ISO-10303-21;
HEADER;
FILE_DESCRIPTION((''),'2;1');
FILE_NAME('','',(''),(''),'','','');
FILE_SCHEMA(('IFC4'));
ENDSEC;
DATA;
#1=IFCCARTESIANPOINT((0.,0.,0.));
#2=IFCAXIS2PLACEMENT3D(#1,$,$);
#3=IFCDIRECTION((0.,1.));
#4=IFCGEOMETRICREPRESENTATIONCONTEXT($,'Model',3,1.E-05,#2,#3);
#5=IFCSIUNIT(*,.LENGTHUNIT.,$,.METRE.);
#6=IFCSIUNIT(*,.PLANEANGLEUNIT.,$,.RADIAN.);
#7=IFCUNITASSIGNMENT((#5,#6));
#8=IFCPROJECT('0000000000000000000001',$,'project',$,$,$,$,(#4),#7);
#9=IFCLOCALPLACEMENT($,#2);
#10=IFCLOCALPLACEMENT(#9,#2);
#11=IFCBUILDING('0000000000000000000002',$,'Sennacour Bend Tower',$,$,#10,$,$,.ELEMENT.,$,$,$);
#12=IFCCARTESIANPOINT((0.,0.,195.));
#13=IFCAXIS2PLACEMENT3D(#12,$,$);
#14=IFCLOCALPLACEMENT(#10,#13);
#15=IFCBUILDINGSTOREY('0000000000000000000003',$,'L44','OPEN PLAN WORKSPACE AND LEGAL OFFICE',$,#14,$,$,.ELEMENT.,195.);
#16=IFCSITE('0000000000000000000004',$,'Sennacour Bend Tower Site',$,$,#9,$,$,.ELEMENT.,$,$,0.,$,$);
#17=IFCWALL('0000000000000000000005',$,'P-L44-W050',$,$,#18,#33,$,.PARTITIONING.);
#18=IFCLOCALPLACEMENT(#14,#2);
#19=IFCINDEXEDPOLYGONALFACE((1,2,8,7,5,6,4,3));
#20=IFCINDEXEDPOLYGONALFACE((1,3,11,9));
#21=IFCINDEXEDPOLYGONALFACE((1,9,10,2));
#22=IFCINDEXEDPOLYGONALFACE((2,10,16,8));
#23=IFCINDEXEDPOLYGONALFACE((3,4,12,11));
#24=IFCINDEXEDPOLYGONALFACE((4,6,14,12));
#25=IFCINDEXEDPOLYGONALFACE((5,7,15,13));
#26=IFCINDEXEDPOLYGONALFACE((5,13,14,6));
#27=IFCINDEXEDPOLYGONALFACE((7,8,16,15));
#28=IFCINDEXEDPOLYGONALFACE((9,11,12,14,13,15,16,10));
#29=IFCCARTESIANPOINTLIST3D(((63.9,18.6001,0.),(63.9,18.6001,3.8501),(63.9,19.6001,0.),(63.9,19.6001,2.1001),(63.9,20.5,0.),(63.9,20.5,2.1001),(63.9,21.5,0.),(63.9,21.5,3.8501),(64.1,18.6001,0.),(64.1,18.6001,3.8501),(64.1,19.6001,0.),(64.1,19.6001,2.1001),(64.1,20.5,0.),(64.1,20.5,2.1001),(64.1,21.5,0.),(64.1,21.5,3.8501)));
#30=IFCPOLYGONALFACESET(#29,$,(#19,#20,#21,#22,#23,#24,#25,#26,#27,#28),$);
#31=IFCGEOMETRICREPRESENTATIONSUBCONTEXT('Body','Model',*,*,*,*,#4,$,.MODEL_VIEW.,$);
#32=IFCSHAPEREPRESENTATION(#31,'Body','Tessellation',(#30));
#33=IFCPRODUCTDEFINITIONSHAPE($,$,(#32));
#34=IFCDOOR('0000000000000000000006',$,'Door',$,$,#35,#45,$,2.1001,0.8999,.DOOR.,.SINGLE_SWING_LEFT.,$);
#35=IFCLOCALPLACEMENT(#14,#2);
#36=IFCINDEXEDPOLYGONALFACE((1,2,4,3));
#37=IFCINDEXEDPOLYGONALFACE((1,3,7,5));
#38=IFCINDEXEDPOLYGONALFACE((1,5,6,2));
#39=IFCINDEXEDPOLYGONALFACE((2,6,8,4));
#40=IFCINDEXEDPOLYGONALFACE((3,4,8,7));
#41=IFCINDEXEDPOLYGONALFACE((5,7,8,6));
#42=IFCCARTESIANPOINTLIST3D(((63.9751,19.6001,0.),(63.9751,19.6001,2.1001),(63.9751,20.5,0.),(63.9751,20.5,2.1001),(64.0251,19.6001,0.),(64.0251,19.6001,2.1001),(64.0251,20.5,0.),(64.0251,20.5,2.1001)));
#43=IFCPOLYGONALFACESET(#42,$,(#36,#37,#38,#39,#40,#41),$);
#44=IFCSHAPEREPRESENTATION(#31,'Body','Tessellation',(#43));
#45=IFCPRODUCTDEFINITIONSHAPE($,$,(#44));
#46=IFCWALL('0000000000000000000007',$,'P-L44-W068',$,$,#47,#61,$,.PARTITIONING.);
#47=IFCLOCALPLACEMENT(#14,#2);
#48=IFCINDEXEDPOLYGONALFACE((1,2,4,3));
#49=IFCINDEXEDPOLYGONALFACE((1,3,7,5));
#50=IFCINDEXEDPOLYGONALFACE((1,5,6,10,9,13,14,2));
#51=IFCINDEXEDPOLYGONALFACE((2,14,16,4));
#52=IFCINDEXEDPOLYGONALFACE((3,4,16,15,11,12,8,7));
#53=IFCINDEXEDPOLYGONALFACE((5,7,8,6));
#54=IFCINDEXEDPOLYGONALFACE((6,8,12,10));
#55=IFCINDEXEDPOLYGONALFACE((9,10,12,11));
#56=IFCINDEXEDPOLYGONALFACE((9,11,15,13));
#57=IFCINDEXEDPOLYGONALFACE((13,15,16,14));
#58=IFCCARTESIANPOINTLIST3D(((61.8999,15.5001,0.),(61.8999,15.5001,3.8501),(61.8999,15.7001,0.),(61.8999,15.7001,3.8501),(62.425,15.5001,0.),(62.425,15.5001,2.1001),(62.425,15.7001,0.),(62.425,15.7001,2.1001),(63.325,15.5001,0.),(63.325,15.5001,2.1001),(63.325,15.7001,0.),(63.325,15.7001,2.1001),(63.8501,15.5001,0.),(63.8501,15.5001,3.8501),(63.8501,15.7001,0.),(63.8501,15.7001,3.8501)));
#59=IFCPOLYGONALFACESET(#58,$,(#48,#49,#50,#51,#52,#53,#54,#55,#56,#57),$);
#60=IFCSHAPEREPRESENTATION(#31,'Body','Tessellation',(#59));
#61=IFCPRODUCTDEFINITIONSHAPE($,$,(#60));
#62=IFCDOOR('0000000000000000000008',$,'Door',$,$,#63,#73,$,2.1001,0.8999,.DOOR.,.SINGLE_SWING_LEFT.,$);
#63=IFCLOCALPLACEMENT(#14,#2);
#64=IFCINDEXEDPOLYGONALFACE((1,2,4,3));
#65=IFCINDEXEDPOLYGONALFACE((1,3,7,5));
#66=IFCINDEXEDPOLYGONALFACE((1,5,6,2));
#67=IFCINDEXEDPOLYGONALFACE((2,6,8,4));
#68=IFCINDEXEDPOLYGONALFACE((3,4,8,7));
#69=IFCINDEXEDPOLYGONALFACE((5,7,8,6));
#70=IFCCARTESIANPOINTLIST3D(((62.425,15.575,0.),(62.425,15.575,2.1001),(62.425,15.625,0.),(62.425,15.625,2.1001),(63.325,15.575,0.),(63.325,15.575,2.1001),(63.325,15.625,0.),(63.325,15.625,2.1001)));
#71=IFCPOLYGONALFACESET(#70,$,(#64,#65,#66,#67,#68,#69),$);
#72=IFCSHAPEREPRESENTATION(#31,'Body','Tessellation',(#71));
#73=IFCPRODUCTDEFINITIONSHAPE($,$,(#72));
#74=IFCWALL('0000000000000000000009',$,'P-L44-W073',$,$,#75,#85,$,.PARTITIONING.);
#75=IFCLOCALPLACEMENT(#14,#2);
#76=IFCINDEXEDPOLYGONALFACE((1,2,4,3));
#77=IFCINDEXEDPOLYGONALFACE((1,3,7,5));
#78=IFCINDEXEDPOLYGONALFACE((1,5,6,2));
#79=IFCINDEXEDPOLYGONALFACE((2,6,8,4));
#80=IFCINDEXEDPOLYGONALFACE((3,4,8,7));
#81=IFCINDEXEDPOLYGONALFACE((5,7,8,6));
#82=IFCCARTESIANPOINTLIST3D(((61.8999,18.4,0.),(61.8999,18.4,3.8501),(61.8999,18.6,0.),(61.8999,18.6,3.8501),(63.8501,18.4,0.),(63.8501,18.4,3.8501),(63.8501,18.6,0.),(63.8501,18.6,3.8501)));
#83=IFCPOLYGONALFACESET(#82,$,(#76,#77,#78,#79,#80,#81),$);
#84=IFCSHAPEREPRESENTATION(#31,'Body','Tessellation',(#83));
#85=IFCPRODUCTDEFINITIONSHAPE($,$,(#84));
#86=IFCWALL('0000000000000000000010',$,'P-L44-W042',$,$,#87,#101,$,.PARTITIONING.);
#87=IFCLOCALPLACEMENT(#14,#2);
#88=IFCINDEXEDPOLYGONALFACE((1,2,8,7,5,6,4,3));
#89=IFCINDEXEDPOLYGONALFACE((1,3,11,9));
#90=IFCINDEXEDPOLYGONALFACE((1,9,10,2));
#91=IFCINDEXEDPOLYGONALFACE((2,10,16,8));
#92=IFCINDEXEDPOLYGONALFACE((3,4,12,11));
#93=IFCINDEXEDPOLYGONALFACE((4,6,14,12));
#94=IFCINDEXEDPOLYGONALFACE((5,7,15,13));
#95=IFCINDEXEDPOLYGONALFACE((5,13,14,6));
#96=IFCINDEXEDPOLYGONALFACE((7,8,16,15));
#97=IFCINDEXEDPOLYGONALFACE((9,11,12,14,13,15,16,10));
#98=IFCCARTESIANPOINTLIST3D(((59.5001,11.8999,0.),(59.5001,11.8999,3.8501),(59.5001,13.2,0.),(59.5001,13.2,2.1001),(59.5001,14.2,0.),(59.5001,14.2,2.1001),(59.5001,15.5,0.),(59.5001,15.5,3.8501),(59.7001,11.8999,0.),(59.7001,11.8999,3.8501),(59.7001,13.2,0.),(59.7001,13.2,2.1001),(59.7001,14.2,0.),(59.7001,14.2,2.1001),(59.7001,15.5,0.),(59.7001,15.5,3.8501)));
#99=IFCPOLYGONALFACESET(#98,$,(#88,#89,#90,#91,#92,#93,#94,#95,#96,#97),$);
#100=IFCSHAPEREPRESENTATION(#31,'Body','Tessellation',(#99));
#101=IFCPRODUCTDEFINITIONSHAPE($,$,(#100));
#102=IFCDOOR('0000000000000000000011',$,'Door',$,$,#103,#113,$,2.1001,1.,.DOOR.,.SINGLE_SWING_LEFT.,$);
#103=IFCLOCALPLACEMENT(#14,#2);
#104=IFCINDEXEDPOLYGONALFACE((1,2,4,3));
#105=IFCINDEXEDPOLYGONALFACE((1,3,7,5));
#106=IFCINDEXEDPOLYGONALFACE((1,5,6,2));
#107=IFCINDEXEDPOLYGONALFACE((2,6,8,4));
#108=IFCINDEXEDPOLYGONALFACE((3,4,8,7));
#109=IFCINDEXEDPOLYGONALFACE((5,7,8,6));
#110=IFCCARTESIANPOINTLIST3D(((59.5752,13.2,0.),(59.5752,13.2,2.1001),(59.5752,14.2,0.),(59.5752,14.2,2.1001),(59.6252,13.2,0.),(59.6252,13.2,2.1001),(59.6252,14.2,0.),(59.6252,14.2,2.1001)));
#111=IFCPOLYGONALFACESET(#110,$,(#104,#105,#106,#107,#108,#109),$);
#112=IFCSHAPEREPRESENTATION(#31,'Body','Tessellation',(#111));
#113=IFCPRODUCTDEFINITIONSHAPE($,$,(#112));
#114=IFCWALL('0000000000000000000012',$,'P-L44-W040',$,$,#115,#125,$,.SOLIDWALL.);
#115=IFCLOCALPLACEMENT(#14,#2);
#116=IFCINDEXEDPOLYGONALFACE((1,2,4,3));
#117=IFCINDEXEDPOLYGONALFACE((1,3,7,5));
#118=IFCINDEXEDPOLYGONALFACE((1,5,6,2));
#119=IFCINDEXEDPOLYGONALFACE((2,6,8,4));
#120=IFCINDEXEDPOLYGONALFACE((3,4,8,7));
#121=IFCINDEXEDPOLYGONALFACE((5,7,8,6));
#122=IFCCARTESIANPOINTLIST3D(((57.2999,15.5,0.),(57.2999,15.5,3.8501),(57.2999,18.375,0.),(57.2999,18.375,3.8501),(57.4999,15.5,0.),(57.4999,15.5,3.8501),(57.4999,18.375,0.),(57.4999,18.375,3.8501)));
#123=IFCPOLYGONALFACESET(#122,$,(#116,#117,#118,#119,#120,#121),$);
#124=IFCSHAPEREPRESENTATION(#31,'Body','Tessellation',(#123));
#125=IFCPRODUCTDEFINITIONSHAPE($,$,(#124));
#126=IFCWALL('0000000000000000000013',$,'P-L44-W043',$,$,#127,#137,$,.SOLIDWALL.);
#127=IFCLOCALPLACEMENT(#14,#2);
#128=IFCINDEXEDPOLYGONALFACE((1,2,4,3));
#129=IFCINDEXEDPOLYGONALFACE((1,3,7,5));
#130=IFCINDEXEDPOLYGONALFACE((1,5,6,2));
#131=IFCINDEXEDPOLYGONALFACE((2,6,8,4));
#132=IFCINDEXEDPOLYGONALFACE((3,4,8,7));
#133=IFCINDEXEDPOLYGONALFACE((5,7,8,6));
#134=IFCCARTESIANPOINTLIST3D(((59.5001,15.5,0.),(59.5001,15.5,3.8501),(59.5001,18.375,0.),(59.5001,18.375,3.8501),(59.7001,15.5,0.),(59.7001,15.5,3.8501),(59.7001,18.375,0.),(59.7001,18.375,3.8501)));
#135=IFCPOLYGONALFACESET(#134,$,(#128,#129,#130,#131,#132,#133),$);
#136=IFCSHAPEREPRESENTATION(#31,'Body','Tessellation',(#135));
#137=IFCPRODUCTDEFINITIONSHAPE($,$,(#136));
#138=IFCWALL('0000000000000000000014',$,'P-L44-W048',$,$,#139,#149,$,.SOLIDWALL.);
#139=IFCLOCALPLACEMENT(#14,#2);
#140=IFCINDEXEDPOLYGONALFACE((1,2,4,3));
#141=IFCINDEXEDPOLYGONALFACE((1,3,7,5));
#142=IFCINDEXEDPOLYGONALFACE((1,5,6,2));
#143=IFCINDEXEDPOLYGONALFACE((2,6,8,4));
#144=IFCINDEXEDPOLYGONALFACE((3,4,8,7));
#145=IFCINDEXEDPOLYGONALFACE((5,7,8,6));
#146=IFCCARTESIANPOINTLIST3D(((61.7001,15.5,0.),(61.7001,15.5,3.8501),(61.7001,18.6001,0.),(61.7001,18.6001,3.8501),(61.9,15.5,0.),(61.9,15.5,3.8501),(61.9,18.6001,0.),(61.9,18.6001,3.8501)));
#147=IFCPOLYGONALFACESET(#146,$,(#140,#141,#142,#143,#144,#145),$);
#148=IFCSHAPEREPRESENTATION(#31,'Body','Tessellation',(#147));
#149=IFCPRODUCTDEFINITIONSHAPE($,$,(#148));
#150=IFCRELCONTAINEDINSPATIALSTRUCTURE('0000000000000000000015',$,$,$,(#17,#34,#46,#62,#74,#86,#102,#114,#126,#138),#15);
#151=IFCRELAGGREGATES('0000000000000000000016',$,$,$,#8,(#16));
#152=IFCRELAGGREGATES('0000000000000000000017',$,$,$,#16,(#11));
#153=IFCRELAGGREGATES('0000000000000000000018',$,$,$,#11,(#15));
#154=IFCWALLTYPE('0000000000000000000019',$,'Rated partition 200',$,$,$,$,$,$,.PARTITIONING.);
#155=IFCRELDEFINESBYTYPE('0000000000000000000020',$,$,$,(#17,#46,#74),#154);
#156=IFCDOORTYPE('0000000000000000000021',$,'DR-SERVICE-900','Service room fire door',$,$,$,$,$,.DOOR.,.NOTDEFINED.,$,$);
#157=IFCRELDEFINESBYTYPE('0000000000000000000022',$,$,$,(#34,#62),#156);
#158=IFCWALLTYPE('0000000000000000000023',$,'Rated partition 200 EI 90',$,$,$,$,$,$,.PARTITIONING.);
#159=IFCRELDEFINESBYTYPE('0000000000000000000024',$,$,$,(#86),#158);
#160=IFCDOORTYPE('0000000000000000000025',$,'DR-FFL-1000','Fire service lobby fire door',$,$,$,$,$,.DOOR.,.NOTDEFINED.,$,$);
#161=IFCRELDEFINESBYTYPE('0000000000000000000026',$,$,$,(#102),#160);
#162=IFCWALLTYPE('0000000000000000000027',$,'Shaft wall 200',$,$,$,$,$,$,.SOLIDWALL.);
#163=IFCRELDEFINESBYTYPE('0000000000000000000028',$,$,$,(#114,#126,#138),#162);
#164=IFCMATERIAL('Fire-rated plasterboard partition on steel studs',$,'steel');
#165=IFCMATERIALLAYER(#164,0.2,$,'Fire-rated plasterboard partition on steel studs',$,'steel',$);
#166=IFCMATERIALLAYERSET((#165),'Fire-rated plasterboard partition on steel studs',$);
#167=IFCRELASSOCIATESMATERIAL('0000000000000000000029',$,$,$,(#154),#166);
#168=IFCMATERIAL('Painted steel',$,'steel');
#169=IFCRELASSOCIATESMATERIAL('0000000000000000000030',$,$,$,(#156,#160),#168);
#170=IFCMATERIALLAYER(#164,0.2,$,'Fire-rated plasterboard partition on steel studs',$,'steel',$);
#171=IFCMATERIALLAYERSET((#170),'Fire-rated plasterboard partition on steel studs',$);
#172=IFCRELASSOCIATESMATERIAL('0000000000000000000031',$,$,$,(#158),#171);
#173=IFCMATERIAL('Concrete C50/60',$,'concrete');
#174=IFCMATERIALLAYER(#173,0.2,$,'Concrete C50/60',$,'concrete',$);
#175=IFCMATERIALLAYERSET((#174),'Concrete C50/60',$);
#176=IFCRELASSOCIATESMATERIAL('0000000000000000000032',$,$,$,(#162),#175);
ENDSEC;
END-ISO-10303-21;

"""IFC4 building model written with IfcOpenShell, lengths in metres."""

from ifc_helpers import new_model, si_unit, direction, frame, frame_2d, origin, place, context, subcontext, project, spatial, rectangle, extrude, material, layer, layer_set, type_object, element, fill, save


model = new_model("IFC4")

# Units and contexts
model_context = context("Model", 3, precision=1e-05, world=origin(), true_north=direction((0.0, 1.0)))
body_context = subcontext(model_context, "Body", "Model", "MODEL_VIEW")
ifc_project = project(units=[si_unit("LENGTHUNIT", "METRE"), si_unit("PLANEANGLEUNIT", "RADIAN")], contexts=[model_context])

# Site, building, storey
site_placement = place(None, origin())
site = spatial("IfcSite", under=ifc_project, at=site_placement, Name="Sennacour Bend Tower Site", CompositionType="ELEMENT", RefElevation=0.0)
building_placement = place(site_placement, origin())
building = spatial("IfcBuilding", under=site, at=building_placement, Name="Sennacour Bend Tower", CompositionType="ELEMENT")
storey_placement = place(building_placement, frame((0.0, 0.0, 195.0)))
storey = spatial("IfcBuildingStorey", under=building, at=storey_placement, Name="L44", Description="OPEN PLAN WORKSPACE AND LEGAL OFFICE", CompositionType="ELEMENT", Elevation=195.0)

# Walls, openings, doors
ifc_material_1 = material(Name="Fire-rated plasterboard partition on steel studs", Category="steel")
ifc_layer_1 = layer(ifc_material_1, 0.2, Name="Fire-rated plasterboard partition on steel studs", Category="steel")
ifc_layer_set_1 = layer_set([ifc_layer_1], Name="Fire-rated plasterboard partition on steel studs")
wall_type_1 = type_object("IfcWallType", Name="Rated partition 200", PredefinedType="PARTITIONING", material=ifc_layer_set_1)
wall_1_placement = place(storey_placement, frame((64.0, 18.6001, 0.0), z_axis=(0.0, 0.0, 1.0), x_axis=(0.0, 1.0, 0.0)))
wall_1 = element("IfcWall", 1, at=wall_1_placement, inside=storey, type_object=wall_type_1, Name="P-L44-W050", PredefinedType="PARTITIONING", context=body_context, shape_type="SweptSolid", body=[
    extrude(rectangle(XDim=2.8999, YDim=0.2, at=frame_2d((1.45, 0.0))), origin(), (0.0, 0.0, 1.0), 3.8501),
])
opening_1_placement = place(wall_1_placement, frame((1.0, 0.0, 0.0)))
opening_1 = element("IfcOpeningElement", 2, at=opening_1_placement, cuts=wall_1, PredefinedType="OPENING", context=body_context, shape_type="SweptSolid", body=[
    extrude(rectangle(XDim=0.8999, YDim=2.1001, at=frame_2d((0.45, 1.05))), frame((0.0, 0.1099, 0.0), z_axis=(0.0, -1.0, 0.0), x_axis=(1.0, 0.0, 0.0)), (0.0, 0.0, 1.0), 0.22),
])
ifc_material_2 = material(Name="Painted steel", Category="steel")
door_type_1 = type_object("IfcDoorType", Name="DR-SERVICE-900", Description="Service room fire door", OperationType="NOTDEFINED", PredefinedType="DOOR", material=ifc_material_2)
door_1_placement = place(opening_1_placement, origin())
door_1 = element("IfcDoor", 3, at=door_1_placement, inside=storey, type_object=door_type_1, Name="Door", OperationType="SINGLE_SWING_LEFT", OverallHeight=2.1001, OverallWidth=0.8999, PredefinedType="DOOR", context=body_context, shape_type="SweptSolid", body=[
    extrude(rectangle(XDim=0.8999, YDim=2.1001, at=frame_2d((0.45, 1.05))), frame((0.0, 0.0249, 0.0), z_axis=(0.0, -1.0, 0.0), x_axis=(1.0, 0.0, 0.0)), (0.0, 0.0, 1.0), 0.05),
])
fill(opening_1, door_1)
wall_2_placement = place(storey_placement, frame((61.8999, 15.6001, 0.0), z_axis=(0.0, 0.0, 1.0), x_axis=(1.0, 0.0, 0.0)))
wall_2 = element("IfcWall", 4, at=wall_2_placement, inside=storey, type_object=wall_type_1, Name="P-L44-W068", PredefinedType="PARTITIONING", context=body_context, shape_type="SweptSolid", body=[
    extrude(rectangle(XDim=1.9502, YDim=0.2, at=frame_2d((0.9751, 0.0))), origin(), (0.0, 0.0, 1.0), 3.8501),
])
opening_2_placement = place(wall_2_placement, frame((0.5251, 0.0, 0.0)))
opening_2 = element("IfcOpeningElement", 5, at=opening_2_placement, cuts=wall_2, PredefinedType="OPENING", context=body_context, shape_type="SweptSolid", body=[
    extrude(rectangle(XDim=0.8999, YDim=2.1001, at=frame_2d((0.45, 1.05))), frame((0.0, 0.1099, 0.0), z_axis=(0.0, -1.0, 0.0), x_axis=(1.0, 0.0, 0.0)), (0.0, 0.0, 1.0), 0.22),
])
door_2_placement = place(opening_2_placement, origin())
door_2 = element("IfcDoor", 6, at=door_2_placement, inside=storey, type_object=door_type_1, Name="Door", OperationType="SINGLE_SWING_LEFT", OverallHeight=2.1001, OverallWidth=0.8999, PredefinedType="DOOR", context=body_context, shape_type="SweptSolid", body=[
    extrude(rectangle(XDim=0.8999, YDim=2.1001, at=frame_2d((0.45, 1.05))), frame((0.0, 0.0249, 0.0), z_axis=(0.0, -1.0, 0.0), x_axis=(1.0, 0.0, 0.0)), (0.0, 0.0, 1.0), 0.05),
])
fill(opening_2, door_2)

# Wall
wall_3_placement = place(storey_placement, frame((61.8999, 18.5, 0.0), z_axis=(0.0, 0.0, 1.0), x_axis=(1.0, 0.0, 0.0)))
element("IfcWall", 7, at=wall_3_placement, inside=storey, type_object=wall_type_1, Name="P-L44-W073", PredefinedType="PARTITIONING", context=body_context, shape_type="SweptSolid", body=[
    extrude(rectangle(XDim=1.9502, YDim=0.2, at=frame_2d((0.9751, 0.0))), origin(), (0.0, 0.0, 1.0), 3.8501),
])

# Wall, opening, door
ifc_layer_2 = layer(ifc_material_1, 0.2, Name="Fire-rated plasterboard partition on steel studs", Category="steel")
ifc_layer_set_2 = layer_set([ifc_layer_2], Name="Fire-rated plasterboard partition on steel studs")
wall_type_2 = type_object("IfcWallType", Name="Rated partition 200 EI 90", PredefinedType="PARTITIONING", material=ifc_layer_set_2)
wall_4_placement = place(storey_placement, frame((59.6001, 11.8999, 0.0), z_axis=(0.0, 0.0, 1.0), x_axis=(0.0, 1.0, 0.0)))
wall_4 = element("IfcWall", 8, at=wall_4_placement, inside=storey, type_object=wall_type_2, Name="P-L44-W042", PredefinedType="PARTITIONING", context=body_context, shape_type="SweptSolid", body=[
    extrude(rectangle(XDim=3.6001, YDim=0.2, at=frame_2d((1.8, 0.0))), origin(), (0.0, 0.0, 1.0), 3.8501),
])
opening_3_placement = place(wall_4_placement, frame((1.3, 0.0, 0.0)))
opening_3 = element("IfcOpeningElement", 9, at=opening_3_placement, cuts=wall_4, PredefinedType="OPENING", context=body_context, shape_type="SweptSolid", body=[
    extrude(rectangle(XDim=1.0, YDim=2.1001, at=frame_2d((0.5, 1.05))), frame((0.0, 0.1099, 0.0), z_axis=(0.0, -1.0, 0.0), x_axis=(1.0, 0.0, 0.0)), (0.0, 0.0, 1.0), 0.22),
])
door_type_2 = type_object("IfcDoorType", Name="DR-FFL-1000", Description="Fire service lobby fire door", OperationType="NOTDEFINED", PredefinedType="DOOR", material=ifc_material_2)
door_3_placement = place(opening_3_placement, origin())
door_3 = element("IfcDoor", 10, at=door_3_placement, inside=storey, type_object=door_type_2, Name="Door", OperationType="SINGLE_SWING_LEFT", OverallHeight=2.1001, OverallWidth=1.0, PredefinedType="DOOR", context=body_context, shape_type="SweptSolid", body=[
    extrude(rectangle(XDim=1.0, YDim=2.1001, at=frame_2d((0.5, 1.05))), frame((0.0, 0.0249, 0.0), z_axis=(0.0, -1.0, 0.0), x_axis=(1.0, 0.0, 0.0)), (0.0, 0.0, 1.0), 0.05),
])
fill(opening_3, door_3)

# Walls
ifc_material_3 = material(Name="Concrete C50/60", Category="concrete")
ifc_layer_3 = layer(ifc_material_3, 0.2, Name="Concrete C50/60", Category="concrete")
ifc_layer_set_3 = layer_set([ifc_layer_3], Name="Concrete C50/60")
wall_type_3 = type_object("IfcWallType", Name="Shaft wall 200", PredefinedType="SOLIDWALL", material=ifc_layer_set_3)
for number, where, z_axis, x_axis, name in (
    (11, (57.3999, 15.5, 0.0), (0.0, 0.0, 1.0), (0.0, 1.0, 0.0), "P-L44-W040"),
    (12, (59.6001, 15.5, 0.0), (0.0, 0.0, 1.0), (0.0, 1.0, 0.0), "P-L44-W043"),
):
    element("IfcWall", number, at=place(storey_placement, frame(where, z_axis=z_axis, x_axis=x_axis)), inside=storey, type_object=wall_type_3, Name=name, PredefinedType="SOLIDWALL", context=body_context, shape_type="SweptSolid", body=[
        extrude(rectangle(XDim=2.875, YDim=0.2, at=frame_2d((1.4375, 0.0))), origin(), (0.0, 0.0, 1.0), 3.8501),
    ])
wall_5_placement = place(storey_placement, frame((61.8, 15.5, 0.0), z_axis=(0.0, 0.0, 1.0), x_axis=(0.0, 1.0, 0.0)))
element("IfcWall", 13, at=wall_5_placement, inside=storey, type_object=wall_type_3, Name="P-L44-W048", PredefinedType="SOLIDWALL", context=body_context, shape_type="SweptSolid", body=[
    extrude(rectangle(XDim=3.1001, YDim=0.2, at=frame_2d((1.55, 0.0))), origin(), (0.0, 0.0, 1.0), 3.8501),
])

save(model, "model.ifc")
